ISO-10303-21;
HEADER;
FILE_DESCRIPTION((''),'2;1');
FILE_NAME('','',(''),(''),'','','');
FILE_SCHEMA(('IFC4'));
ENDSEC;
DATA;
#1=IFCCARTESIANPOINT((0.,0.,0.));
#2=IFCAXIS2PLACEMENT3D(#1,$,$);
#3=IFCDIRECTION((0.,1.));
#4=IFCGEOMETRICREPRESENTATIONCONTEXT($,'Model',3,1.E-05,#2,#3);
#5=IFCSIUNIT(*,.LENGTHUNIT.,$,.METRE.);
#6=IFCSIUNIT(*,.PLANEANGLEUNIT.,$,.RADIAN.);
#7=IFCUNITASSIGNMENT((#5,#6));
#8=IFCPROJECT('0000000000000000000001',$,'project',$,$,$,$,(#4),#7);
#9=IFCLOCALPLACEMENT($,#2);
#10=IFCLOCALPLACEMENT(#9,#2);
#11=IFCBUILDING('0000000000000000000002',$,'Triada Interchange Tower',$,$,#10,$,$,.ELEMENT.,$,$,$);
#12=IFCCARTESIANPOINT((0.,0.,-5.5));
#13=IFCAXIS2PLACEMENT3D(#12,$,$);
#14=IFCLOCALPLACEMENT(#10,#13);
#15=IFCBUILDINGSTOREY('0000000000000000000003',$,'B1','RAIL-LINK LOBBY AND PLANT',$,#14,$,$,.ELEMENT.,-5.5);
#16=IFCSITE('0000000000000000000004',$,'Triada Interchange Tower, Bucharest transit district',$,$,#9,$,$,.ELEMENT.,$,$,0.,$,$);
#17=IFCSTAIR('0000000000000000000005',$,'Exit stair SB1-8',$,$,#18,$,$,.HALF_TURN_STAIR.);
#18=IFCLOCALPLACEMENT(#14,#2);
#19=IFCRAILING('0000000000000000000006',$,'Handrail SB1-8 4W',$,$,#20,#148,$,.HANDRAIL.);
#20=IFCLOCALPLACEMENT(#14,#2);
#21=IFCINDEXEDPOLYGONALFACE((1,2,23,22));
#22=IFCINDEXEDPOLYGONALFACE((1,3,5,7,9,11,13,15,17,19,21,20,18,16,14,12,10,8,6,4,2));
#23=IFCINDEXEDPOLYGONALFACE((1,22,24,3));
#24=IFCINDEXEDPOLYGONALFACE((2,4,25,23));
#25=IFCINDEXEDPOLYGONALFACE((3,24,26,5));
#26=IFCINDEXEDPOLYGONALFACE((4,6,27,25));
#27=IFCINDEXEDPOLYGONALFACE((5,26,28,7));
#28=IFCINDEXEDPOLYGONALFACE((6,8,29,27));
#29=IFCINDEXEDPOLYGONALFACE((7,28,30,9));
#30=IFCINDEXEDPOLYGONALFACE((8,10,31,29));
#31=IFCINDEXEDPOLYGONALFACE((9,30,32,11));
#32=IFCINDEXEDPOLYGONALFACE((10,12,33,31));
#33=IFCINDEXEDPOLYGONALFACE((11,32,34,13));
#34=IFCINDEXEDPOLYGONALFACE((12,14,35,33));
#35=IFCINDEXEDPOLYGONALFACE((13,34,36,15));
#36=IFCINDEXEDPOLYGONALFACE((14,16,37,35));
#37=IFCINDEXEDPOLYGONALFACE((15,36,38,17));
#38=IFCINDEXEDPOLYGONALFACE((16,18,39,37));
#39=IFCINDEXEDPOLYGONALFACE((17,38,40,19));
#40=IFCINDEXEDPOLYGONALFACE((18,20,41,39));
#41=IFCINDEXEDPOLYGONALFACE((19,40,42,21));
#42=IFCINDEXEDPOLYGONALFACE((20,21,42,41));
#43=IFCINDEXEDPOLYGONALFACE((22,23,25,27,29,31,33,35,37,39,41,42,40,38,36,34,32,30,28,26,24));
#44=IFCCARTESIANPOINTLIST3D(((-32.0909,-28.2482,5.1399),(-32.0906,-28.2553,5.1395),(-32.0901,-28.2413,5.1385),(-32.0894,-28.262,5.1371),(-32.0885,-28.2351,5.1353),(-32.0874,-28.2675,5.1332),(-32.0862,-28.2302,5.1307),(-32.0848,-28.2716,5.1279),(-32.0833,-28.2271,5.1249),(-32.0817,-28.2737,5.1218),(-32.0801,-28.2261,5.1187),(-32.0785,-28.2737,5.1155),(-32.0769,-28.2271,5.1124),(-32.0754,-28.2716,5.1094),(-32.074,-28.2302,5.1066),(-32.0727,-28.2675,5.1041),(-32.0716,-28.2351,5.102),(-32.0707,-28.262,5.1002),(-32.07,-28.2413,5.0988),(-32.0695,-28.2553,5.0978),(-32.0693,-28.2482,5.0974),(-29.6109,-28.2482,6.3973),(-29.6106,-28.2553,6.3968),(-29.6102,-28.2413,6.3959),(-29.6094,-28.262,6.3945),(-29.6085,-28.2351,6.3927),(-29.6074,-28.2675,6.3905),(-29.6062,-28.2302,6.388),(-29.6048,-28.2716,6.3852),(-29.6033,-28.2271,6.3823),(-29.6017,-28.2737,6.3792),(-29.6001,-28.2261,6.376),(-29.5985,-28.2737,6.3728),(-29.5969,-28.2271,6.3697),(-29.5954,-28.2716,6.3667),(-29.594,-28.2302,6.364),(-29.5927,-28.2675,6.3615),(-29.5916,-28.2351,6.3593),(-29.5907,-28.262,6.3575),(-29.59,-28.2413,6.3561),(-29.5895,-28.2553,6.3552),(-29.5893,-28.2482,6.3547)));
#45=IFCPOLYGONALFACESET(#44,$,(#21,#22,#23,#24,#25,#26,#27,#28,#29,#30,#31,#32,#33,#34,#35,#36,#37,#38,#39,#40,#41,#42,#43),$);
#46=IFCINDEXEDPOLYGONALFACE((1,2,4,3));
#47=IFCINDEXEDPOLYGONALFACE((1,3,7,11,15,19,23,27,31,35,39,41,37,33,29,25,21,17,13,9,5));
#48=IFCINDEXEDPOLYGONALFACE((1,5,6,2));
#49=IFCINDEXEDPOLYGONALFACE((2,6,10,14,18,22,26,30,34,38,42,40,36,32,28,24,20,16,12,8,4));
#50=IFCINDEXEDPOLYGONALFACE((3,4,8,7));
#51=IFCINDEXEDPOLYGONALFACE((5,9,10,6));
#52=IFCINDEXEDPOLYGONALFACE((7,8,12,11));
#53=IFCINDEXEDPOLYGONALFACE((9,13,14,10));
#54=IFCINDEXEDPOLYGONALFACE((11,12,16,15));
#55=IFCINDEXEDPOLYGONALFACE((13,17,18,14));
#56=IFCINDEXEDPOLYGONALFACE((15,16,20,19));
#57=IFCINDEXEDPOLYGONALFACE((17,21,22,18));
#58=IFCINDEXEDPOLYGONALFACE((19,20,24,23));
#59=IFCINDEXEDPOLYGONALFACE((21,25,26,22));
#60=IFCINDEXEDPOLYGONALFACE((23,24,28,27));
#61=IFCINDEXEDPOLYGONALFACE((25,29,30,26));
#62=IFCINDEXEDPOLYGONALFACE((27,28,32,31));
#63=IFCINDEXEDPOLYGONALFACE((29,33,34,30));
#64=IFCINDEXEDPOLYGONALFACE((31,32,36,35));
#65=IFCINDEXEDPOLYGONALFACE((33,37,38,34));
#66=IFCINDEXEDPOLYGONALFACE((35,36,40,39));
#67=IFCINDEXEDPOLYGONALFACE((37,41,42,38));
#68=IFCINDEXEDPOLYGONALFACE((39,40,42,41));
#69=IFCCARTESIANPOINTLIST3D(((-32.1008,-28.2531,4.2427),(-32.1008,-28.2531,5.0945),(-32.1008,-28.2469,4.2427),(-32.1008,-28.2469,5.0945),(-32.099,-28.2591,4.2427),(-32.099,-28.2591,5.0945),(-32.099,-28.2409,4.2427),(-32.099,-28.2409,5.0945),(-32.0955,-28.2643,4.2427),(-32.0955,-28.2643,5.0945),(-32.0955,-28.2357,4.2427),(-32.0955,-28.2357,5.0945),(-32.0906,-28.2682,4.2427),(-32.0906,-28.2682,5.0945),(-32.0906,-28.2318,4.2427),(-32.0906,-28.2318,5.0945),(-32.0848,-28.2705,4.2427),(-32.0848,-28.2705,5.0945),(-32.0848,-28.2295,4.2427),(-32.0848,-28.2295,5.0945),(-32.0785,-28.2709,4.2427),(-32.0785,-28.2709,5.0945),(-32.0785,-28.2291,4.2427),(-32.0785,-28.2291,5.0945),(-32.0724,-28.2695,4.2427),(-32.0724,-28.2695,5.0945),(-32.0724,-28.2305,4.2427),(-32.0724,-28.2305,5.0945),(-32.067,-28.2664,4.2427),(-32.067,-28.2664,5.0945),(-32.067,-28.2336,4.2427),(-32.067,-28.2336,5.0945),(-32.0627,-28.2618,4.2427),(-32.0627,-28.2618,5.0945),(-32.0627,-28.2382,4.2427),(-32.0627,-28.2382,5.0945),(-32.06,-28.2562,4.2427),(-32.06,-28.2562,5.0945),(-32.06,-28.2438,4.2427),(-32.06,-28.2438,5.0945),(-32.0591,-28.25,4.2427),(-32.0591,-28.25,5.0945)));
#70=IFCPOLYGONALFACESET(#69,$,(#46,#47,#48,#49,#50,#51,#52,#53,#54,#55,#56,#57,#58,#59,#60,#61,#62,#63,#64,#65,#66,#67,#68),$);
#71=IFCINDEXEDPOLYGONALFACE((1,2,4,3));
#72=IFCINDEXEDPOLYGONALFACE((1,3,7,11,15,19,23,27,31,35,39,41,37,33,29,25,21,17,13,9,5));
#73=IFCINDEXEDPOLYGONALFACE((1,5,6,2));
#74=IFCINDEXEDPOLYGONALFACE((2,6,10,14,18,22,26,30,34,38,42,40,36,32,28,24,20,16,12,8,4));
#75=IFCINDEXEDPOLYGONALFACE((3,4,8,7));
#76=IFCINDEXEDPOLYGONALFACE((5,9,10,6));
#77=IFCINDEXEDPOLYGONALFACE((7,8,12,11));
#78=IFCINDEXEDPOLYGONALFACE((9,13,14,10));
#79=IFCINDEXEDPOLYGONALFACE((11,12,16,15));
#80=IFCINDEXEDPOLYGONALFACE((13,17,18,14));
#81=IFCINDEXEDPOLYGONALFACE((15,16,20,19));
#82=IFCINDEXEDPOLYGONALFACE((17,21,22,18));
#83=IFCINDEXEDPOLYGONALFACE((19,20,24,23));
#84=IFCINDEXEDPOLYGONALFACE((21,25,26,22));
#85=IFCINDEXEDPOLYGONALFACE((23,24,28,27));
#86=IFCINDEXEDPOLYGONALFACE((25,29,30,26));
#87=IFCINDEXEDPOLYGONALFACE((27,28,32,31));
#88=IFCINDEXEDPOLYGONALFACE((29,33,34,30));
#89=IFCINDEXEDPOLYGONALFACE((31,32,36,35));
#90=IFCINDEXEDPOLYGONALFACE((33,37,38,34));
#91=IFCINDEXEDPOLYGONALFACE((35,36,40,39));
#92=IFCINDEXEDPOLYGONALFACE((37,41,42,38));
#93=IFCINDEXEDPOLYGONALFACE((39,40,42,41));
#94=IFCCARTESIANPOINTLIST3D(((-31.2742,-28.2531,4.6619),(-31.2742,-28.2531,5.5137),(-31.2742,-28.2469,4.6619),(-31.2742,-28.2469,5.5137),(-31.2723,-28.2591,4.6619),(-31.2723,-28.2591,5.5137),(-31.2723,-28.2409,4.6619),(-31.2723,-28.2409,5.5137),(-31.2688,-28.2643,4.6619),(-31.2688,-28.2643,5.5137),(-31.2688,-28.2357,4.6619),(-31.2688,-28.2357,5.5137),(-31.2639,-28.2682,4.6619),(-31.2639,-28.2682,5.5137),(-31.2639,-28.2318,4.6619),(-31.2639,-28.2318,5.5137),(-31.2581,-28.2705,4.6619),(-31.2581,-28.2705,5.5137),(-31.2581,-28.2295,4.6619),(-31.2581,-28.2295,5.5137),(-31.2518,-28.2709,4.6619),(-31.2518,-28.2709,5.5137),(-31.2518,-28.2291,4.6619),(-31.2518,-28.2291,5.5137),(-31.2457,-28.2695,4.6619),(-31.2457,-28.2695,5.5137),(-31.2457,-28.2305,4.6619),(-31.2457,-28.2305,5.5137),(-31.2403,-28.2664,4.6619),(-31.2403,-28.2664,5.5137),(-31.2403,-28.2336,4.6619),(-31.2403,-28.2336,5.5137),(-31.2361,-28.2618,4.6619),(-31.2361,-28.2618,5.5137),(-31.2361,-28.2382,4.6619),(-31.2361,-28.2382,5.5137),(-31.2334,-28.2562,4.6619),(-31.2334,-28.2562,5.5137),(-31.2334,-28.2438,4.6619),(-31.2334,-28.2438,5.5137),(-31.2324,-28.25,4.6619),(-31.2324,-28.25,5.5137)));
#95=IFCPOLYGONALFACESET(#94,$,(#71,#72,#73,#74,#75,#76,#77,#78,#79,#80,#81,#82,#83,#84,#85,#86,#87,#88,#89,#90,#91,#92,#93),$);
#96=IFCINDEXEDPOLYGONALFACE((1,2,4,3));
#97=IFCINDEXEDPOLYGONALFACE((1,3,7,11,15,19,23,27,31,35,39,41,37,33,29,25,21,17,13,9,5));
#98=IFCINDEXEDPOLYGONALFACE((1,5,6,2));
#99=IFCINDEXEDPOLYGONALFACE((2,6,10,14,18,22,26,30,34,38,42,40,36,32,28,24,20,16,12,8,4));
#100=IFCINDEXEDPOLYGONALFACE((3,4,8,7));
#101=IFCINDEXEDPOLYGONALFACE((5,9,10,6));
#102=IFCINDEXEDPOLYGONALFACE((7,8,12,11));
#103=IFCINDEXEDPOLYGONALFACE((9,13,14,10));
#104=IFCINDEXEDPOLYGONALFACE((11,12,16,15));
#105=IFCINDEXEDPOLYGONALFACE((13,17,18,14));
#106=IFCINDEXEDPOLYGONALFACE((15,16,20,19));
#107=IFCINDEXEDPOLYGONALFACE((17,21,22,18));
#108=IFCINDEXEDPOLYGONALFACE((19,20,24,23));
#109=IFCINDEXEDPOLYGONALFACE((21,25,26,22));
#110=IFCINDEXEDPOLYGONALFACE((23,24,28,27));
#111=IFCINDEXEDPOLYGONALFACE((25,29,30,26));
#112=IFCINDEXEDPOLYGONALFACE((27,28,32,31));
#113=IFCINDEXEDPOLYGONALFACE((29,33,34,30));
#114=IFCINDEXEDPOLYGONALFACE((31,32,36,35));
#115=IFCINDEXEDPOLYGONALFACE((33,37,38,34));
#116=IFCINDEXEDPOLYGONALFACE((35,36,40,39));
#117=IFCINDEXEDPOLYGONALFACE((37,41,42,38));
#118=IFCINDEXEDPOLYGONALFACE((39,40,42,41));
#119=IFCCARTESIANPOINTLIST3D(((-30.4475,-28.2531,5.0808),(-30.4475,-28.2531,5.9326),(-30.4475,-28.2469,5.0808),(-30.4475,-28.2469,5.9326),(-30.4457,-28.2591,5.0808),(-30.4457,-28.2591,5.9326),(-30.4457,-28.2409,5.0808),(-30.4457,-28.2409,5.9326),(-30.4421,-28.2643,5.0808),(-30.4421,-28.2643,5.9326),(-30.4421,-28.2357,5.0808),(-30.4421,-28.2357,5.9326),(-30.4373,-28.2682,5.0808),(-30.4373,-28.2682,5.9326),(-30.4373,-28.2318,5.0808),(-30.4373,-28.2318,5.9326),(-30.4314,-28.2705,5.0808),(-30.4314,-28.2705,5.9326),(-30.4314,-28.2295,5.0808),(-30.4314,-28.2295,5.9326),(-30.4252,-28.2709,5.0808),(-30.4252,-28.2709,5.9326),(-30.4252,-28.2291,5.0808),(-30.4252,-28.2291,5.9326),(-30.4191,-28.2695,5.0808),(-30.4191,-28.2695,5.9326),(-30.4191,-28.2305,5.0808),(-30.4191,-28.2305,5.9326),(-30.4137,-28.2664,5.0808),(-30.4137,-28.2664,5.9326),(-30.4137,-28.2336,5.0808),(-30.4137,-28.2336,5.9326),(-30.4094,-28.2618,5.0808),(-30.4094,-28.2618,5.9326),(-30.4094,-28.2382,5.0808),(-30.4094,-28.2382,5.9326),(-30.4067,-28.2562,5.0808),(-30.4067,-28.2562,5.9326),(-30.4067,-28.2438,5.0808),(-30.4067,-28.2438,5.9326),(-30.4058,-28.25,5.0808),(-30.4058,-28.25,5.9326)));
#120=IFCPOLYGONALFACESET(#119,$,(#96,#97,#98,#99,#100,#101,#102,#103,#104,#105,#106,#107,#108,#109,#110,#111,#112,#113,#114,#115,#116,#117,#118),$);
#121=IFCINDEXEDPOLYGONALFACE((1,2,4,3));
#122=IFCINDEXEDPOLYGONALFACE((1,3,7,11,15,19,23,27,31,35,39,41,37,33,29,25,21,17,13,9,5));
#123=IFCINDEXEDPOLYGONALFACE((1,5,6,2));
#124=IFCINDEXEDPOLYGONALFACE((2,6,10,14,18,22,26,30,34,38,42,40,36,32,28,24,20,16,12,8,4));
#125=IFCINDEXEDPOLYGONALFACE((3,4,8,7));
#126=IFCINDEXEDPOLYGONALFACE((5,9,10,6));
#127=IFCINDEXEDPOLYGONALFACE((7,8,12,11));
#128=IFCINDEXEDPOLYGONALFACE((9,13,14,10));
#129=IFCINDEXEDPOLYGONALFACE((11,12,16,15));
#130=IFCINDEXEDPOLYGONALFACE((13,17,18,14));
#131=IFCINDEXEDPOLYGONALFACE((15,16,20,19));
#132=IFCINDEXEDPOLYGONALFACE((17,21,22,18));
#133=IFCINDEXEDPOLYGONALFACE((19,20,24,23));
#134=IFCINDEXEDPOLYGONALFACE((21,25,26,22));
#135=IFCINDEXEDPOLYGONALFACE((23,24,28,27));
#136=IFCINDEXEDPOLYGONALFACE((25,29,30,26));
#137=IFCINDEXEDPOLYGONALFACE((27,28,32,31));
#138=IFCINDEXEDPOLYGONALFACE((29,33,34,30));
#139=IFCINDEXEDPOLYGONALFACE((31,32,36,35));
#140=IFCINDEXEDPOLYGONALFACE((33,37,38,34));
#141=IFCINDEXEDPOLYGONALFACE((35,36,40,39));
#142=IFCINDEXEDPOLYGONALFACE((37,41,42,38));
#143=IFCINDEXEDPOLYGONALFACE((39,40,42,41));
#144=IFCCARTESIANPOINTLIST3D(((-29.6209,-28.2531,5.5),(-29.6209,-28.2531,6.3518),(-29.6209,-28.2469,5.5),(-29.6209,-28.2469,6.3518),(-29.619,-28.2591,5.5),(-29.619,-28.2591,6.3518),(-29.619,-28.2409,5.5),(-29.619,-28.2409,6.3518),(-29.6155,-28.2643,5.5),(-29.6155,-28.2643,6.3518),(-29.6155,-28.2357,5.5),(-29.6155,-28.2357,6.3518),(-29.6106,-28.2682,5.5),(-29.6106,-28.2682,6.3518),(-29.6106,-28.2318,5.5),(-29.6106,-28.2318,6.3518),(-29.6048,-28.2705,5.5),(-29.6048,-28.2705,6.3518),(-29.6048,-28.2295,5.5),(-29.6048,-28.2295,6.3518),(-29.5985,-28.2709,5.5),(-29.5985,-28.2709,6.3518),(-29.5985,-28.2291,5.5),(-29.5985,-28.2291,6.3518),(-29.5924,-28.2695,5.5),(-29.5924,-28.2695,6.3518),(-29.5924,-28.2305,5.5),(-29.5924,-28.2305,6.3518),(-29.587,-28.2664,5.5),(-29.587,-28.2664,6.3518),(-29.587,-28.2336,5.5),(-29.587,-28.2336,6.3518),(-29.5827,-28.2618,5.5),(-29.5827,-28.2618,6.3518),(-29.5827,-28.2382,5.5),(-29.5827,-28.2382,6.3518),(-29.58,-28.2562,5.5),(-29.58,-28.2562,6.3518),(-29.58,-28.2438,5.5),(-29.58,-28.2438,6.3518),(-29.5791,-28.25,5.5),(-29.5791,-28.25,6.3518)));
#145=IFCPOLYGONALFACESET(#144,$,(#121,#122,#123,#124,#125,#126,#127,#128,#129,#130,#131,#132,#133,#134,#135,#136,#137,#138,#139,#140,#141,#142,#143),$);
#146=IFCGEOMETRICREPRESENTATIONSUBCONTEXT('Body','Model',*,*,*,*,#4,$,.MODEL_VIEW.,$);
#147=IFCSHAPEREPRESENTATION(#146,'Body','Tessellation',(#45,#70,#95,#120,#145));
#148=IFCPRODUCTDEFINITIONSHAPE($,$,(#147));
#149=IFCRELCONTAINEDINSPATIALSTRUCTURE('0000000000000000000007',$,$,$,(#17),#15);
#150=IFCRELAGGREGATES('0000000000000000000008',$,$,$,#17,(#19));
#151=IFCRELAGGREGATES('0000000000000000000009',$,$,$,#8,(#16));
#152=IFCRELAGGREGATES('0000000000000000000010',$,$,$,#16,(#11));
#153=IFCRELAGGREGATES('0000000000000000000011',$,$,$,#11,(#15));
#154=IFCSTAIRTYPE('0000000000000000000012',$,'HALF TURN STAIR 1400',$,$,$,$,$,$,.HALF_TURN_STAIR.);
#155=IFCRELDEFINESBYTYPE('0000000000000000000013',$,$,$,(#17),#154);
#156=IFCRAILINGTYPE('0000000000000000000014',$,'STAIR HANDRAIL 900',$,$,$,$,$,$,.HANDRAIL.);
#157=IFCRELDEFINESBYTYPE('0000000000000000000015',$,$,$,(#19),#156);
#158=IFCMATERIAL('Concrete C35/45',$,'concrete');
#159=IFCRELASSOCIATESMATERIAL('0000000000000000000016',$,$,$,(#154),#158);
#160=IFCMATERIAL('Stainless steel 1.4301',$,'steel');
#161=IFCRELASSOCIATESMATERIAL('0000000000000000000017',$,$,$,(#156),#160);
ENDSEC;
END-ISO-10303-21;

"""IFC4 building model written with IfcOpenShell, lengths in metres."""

from ifc_helpers import new_model, si_unit, direction, frame, origin, origin_2d, place, context, subcontext, project, spatial, circle, extrude, material, type_object, element, aggregate, save


model = new_model("IFC4")

# Units and contexts
model_context = context("Model", 3, precision=1e-05, world=origin(), true_north=direction((0.0, 1.0)))
body_context = subcontext(model_context, "Body", "Model", "MODEL_VIEW")
ifc_project = project(units=[si_unit("LENGTHUNIT", "METRE"), si_unit("PLANEANGLEUNIT", "RADIAN")], contexts=[model_context])

# Site, building, storey
site_placement = place(None, origin())
site = spatial("IfcSite", under=ifc_project, at=site_placement, Name="Triada Interchange Tower, Bucharest transit district", CompositionType="ELEMENT", RefElevation=0.0)
building_placement = place(site_placement, origin())
building = spatial("IfcBuilding", under=site, at=building_placement, Name="Triada Interchange Tower", CompositionType="ELEMENT")
storey_placement = place(building_placement, frame((0.0, 0.0, -5.5)))
storey = spatial("IfcBuildingStorey", under=building, at=storey_placement, Name="B1", Description="RAIL-LINK LOBBY AND PLANT", CompositionType="ELEMENT", Elevation=-5.5)

# Shared definitions
ifc_material_1 = material(Name="Concrete C35/45", Category="concrete")

# Stair, railing
stair_type = type_object("IfcStairType", Name="HALF TURN STAIR 1400", PredefinedType="HALF_TURN_STAIR", material=ifc_material_1)
stair_placement = place(storey_placement, origin())
stair = element("IfcStair", 1, at=stair_placement, inside=storey, type_object=stair_type, Name="Exit stair SB1-8", PredefinedType="HALF_TURN_STAIR")
ifc_material_2 = material(Name="Stainless steel 1.4301", Category="steel")
railing_type = type_object("IfcRailingType", Name="STAIR HANDRAIL 900", PredefinedType="HANDRAIL", material=ifc_material_2)
railing_1_placement = place(storey_placement, frame((-32.0801, -28.25, 4.2427)))
railing_1 = element("IfcRailing", 2, at=railing_1_placement, type_object=railing_type, Name="Handrail SB1-8 4W", PredefinedType="HANDRAIL", context=body_context, shape_type="SweptSolid", body=[
    extrude(circle(Radius=0.0239, at=origin_2d()), frame((0.0, 0.0, 0.876), z_axis=(0.89192, 0.0, 0.452194), x_axis=(0.0, 1.0, 0.0)), (0.0, 0.0, 1.0), 2.7805),
    extrude(circle(Radius=0.021, at=origin_2d()), origin(), (0.0, 0.0, 1.0), 0.8518),
    extrude(circle(Radius=0.021, at=origin_2d()), frame((0.8267, 0.0, 0.4192)), (0.0, 0.0, 1.0), 0.8518),
    extrude(circle(Radius=0.021, at=origin_2d()), frame((1.6533, 0.0, 0.8381)), (0.0, 0.0, 1.0), 0.8518),
    extrude(circle(Radius=0.021, at=origin_2d()), frame((2.48, 0.0, 1.2573)), (0.0, 0.0, 1.0), 0.8518),
])
aggregate(stair, [railing_1])

save(model, "model.ifc")
